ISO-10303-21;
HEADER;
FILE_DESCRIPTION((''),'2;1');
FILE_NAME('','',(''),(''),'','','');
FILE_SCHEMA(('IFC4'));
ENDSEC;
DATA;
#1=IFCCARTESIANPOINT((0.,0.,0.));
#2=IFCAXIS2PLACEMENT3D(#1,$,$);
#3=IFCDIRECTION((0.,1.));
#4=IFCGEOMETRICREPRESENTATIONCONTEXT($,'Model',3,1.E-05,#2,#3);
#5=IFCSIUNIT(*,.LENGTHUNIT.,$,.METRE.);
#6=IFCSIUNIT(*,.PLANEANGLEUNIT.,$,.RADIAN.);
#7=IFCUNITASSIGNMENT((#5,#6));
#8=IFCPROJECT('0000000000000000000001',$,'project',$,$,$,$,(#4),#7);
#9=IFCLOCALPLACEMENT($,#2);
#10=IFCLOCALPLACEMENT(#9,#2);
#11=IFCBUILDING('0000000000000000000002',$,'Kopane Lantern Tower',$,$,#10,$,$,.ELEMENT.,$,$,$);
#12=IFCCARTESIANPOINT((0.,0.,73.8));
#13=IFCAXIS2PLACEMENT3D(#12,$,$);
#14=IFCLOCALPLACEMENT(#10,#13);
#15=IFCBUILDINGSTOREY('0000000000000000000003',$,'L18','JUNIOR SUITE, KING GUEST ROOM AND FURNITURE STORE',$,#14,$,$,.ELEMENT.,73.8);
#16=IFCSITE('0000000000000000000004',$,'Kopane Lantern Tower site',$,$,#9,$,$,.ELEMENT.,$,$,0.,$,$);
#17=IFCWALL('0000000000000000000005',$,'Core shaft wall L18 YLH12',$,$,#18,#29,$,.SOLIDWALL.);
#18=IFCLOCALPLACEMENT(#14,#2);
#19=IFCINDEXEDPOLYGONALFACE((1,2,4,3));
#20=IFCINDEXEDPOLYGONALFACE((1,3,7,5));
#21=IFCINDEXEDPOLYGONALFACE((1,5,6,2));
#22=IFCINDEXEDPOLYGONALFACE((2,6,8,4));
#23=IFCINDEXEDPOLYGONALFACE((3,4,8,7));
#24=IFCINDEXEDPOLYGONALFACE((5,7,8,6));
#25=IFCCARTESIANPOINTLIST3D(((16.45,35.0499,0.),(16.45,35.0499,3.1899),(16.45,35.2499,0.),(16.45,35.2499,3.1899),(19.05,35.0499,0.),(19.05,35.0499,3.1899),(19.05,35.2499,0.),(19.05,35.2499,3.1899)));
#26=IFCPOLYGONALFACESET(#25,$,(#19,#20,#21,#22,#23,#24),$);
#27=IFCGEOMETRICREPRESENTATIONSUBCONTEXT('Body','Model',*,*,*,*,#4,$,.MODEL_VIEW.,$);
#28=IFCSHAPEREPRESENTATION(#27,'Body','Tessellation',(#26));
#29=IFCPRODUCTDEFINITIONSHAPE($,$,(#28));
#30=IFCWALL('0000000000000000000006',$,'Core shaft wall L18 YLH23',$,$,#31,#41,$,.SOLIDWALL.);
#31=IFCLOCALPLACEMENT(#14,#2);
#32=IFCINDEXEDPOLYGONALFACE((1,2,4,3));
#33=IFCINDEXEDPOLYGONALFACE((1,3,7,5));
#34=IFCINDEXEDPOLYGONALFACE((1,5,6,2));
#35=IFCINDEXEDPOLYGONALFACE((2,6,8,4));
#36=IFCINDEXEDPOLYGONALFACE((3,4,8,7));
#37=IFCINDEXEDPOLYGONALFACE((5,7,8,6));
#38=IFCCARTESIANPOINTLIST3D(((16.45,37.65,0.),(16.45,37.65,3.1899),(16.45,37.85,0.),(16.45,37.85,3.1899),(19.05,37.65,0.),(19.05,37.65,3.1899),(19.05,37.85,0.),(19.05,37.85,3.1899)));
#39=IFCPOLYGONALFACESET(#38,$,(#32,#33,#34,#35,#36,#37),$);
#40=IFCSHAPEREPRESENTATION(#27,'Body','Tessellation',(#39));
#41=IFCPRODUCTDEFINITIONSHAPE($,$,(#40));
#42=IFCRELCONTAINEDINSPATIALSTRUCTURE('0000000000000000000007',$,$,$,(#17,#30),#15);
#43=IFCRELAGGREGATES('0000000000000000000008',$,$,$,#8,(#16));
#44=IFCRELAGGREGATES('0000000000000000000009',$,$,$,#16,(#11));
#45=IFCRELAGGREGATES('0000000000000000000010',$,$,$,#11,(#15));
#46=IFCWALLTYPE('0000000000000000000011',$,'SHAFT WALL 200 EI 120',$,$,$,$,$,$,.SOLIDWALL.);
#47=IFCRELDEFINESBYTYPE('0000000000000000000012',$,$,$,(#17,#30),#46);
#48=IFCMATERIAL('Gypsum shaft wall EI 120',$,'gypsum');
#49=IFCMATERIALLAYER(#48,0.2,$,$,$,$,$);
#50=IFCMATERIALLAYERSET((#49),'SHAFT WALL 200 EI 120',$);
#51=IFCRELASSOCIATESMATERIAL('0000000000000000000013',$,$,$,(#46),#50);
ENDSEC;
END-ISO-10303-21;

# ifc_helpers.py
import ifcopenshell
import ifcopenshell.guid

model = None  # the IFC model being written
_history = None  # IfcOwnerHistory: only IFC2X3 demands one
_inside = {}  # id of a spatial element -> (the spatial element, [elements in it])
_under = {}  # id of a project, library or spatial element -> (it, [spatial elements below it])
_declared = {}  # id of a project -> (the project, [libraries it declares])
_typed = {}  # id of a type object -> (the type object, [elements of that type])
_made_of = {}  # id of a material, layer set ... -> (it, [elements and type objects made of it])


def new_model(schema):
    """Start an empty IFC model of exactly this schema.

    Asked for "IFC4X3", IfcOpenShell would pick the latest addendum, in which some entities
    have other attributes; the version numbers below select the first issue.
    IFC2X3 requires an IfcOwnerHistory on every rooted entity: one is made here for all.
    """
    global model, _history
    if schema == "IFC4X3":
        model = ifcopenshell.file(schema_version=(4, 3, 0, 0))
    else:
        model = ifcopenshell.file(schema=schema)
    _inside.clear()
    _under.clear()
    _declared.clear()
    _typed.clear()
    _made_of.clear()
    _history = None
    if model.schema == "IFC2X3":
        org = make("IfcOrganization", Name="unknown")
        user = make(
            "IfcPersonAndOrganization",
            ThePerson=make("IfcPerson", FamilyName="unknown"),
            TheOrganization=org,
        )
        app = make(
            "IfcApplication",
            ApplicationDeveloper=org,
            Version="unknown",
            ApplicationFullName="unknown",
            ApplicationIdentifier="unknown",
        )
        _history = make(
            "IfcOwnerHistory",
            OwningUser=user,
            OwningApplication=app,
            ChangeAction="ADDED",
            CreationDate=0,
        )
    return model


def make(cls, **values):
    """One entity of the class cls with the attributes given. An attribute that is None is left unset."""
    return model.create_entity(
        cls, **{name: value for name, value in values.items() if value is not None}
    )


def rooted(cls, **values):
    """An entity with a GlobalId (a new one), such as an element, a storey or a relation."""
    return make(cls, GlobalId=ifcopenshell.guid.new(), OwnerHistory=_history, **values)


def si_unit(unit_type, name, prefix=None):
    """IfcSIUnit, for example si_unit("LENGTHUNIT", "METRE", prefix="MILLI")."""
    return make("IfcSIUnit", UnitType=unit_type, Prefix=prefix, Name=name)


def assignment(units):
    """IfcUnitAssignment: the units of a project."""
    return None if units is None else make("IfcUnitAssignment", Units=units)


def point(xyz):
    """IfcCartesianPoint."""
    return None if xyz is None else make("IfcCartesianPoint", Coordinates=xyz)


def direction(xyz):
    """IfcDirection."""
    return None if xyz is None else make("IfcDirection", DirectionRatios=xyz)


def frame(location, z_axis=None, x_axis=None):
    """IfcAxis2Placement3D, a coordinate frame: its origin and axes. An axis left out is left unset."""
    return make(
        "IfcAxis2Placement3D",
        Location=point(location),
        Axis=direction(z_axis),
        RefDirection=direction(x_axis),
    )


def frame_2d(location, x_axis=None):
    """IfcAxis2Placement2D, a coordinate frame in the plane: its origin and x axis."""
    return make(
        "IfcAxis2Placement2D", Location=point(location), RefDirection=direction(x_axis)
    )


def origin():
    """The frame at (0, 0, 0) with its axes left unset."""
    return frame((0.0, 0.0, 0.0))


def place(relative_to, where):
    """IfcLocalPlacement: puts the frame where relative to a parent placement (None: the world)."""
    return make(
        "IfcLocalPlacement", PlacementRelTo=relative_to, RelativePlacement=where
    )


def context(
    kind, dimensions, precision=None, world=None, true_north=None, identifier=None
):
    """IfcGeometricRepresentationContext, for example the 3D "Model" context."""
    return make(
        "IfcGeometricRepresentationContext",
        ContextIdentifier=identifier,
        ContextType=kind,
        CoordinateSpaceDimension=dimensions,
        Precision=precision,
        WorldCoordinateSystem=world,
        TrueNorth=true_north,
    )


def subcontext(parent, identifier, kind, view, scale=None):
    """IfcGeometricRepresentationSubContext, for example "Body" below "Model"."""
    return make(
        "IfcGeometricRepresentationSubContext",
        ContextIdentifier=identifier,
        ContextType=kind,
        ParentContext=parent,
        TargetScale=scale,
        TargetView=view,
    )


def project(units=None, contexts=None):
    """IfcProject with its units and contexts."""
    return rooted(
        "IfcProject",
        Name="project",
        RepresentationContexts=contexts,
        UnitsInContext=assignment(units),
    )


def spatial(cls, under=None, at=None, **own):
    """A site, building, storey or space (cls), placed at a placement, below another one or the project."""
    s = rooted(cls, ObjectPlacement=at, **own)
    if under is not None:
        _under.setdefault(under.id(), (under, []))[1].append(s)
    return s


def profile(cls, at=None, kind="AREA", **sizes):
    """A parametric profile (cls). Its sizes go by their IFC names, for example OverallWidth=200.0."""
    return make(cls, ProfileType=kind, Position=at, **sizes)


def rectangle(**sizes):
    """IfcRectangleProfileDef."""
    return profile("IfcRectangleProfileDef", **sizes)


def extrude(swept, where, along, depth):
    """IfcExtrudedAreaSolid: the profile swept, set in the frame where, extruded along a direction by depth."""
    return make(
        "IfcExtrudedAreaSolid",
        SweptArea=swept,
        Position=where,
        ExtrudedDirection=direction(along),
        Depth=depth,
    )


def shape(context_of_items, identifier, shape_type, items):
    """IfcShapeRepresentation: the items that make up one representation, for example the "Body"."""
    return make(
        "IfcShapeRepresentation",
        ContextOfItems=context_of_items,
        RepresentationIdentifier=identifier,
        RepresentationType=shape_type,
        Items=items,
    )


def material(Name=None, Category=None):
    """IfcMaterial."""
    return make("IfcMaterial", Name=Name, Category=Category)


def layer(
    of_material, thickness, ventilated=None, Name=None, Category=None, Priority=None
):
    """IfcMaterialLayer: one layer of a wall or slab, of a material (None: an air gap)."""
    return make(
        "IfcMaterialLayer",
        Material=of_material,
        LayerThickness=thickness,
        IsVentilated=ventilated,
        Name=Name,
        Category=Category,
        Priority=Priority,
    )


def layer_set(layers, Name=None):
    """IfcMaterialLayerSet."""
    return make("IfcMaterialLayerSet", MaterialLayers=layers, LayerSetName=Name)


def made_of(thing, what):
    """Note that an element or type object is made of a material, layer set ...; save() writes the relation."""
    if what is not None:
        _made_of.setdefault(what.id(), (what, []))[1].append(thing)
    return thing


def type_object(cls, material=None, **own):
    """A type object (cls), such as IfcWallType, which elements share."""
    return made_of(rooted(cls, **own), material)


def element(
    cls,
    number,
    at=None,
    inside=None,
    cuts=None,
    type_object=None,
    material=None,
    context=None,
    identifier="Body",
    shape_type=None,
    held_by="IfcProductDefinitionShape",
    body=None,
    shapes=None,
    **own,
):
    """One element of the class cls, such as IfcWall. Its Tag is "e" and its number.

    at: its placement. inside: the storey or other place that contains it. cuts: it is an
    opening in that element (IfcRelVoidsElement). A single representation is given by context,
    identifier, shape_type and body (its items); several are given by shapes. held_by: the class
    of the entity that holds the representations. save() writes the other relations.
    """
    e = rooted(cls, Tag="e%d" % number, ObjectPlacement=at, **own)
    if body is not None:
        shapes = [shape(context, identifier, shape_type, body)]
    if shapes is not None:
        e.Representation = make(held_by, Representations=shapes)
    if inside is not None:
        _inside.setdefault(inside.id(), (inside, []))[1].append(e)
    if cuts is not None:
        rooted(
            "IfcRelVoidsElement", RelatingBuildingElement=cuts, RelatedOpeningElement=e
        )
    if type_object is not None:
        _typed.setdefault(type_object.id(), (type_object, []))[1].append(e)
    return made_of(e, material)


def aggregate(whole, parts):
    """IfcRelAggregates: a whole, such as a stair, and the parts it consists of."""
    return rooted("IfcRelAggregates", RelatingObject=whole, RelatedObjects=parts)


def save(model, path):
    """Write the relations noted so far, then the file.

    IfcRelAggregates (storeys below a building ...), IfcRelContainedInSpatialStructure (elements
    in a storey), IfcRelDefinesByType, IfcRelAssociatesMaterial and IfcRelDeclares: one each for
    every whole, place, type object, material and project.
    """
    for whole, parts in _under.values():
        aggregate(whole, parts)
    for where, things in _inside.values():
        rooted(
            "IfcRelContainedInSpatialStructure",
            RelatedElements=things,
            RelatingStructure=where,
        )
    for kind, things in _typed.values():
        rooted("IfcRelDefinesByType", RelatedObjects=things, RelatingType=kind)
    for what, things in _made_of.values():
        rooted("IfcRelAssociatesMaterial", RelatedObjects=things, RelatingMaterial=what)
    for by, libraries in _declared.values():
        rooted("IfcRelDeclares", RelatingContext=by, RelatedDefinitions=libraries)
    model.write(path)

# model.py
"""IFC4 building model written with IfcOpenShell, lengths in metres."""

from ifc_helpers import new_model, si_unit, direction, frame, frame_2d, origin, place, context, subcontext, project, spatial, rectangle, extrude, material, layer, layer_set, type_object, element, save


model = new_model("IFC4")

# Units and contexts
model_context = context("Model", 3, precision=1e-05, world=origin(), true_north=direction((0.0, 1.0)))
body_context = subcontext(model_context, "Body", "Model", "MODEL_VIEW")
ifc_project = project(units=[si_unit("LENGTHUNIT", "METRE"), si_unit("PLANEANGLEUNIT", "RADIAN")], contexts=[model_context])

# Site, building, storey
site_placement = place(None, origin())
site = spatial("IfcSite", under=ifc_project, at=site_placement, Name="Kopane Lantern Tower site", CompositionType="ELEMENT", RefElevation=0.0)
building_placement = place(site_placement, origin())
building = spatial("IfcBuilding", under=site, at=building_placement, Name="Kopane Lantern Tower", CompositionType="ELEMENT")
storey_placement = place(building_placement, frame((0.0, 0.0, 73.8)))
storey = spatial("IfcBuildingStorey", under=building, at=storey_placement, Name="L18", Description="JUNIOR SUITE, KING GUEST ROOM AND FURNITURE STORE", CompositionType="ELEMENT", Elevation=73.8)

# Walls
ifc_material_1 = material(Name="Gypsum shaft wall EI 120", Category="gypsum")
ifc_layer_1 = layer(ifc_material_1, 0.2)
ifc_layer_set_1 = layer_set([ifc_layer_1], Name="SHAFT WALL 200 EI 120")
wall_type_1 = type_object("IfcWallType", Name="SHAFT WALL 200 EI 120", PredefinedType="SOLIDWALL", material=ifc_layer_set_1)
for number, where, z_axis, x_axis, name in (
    (1, (16.45, 35.1499, 0.0), (0.0, 0.0, 1.0), (1.0, 0.0, 0.0), "Core shaft wall L18 YLH12"),
    (2, (16.45, 37.75, 0.0), (0.0, 0.0, 1.0), (1.0, 0.0, 0.0), "Core shaft wall L18 YLH23"),
):
    element("IfcWall", number, at=place(storey_placement, frame(where, z_axis=z_axis, x_axis=x_axis)), inside=storey, type_object=wall_type_1, Name=name, PredefinedType="SOLIDWALL", context=body_context, shape_type="SweptSolid", body=[
        extrude(rectangle(XDim=2.6001, YDim=0.2, at=frame_2d((1.3, 0.0))), origin(), (0.0, 0.0, 1.0), 3.1899),
    ])

save(model, "model.ifc")
